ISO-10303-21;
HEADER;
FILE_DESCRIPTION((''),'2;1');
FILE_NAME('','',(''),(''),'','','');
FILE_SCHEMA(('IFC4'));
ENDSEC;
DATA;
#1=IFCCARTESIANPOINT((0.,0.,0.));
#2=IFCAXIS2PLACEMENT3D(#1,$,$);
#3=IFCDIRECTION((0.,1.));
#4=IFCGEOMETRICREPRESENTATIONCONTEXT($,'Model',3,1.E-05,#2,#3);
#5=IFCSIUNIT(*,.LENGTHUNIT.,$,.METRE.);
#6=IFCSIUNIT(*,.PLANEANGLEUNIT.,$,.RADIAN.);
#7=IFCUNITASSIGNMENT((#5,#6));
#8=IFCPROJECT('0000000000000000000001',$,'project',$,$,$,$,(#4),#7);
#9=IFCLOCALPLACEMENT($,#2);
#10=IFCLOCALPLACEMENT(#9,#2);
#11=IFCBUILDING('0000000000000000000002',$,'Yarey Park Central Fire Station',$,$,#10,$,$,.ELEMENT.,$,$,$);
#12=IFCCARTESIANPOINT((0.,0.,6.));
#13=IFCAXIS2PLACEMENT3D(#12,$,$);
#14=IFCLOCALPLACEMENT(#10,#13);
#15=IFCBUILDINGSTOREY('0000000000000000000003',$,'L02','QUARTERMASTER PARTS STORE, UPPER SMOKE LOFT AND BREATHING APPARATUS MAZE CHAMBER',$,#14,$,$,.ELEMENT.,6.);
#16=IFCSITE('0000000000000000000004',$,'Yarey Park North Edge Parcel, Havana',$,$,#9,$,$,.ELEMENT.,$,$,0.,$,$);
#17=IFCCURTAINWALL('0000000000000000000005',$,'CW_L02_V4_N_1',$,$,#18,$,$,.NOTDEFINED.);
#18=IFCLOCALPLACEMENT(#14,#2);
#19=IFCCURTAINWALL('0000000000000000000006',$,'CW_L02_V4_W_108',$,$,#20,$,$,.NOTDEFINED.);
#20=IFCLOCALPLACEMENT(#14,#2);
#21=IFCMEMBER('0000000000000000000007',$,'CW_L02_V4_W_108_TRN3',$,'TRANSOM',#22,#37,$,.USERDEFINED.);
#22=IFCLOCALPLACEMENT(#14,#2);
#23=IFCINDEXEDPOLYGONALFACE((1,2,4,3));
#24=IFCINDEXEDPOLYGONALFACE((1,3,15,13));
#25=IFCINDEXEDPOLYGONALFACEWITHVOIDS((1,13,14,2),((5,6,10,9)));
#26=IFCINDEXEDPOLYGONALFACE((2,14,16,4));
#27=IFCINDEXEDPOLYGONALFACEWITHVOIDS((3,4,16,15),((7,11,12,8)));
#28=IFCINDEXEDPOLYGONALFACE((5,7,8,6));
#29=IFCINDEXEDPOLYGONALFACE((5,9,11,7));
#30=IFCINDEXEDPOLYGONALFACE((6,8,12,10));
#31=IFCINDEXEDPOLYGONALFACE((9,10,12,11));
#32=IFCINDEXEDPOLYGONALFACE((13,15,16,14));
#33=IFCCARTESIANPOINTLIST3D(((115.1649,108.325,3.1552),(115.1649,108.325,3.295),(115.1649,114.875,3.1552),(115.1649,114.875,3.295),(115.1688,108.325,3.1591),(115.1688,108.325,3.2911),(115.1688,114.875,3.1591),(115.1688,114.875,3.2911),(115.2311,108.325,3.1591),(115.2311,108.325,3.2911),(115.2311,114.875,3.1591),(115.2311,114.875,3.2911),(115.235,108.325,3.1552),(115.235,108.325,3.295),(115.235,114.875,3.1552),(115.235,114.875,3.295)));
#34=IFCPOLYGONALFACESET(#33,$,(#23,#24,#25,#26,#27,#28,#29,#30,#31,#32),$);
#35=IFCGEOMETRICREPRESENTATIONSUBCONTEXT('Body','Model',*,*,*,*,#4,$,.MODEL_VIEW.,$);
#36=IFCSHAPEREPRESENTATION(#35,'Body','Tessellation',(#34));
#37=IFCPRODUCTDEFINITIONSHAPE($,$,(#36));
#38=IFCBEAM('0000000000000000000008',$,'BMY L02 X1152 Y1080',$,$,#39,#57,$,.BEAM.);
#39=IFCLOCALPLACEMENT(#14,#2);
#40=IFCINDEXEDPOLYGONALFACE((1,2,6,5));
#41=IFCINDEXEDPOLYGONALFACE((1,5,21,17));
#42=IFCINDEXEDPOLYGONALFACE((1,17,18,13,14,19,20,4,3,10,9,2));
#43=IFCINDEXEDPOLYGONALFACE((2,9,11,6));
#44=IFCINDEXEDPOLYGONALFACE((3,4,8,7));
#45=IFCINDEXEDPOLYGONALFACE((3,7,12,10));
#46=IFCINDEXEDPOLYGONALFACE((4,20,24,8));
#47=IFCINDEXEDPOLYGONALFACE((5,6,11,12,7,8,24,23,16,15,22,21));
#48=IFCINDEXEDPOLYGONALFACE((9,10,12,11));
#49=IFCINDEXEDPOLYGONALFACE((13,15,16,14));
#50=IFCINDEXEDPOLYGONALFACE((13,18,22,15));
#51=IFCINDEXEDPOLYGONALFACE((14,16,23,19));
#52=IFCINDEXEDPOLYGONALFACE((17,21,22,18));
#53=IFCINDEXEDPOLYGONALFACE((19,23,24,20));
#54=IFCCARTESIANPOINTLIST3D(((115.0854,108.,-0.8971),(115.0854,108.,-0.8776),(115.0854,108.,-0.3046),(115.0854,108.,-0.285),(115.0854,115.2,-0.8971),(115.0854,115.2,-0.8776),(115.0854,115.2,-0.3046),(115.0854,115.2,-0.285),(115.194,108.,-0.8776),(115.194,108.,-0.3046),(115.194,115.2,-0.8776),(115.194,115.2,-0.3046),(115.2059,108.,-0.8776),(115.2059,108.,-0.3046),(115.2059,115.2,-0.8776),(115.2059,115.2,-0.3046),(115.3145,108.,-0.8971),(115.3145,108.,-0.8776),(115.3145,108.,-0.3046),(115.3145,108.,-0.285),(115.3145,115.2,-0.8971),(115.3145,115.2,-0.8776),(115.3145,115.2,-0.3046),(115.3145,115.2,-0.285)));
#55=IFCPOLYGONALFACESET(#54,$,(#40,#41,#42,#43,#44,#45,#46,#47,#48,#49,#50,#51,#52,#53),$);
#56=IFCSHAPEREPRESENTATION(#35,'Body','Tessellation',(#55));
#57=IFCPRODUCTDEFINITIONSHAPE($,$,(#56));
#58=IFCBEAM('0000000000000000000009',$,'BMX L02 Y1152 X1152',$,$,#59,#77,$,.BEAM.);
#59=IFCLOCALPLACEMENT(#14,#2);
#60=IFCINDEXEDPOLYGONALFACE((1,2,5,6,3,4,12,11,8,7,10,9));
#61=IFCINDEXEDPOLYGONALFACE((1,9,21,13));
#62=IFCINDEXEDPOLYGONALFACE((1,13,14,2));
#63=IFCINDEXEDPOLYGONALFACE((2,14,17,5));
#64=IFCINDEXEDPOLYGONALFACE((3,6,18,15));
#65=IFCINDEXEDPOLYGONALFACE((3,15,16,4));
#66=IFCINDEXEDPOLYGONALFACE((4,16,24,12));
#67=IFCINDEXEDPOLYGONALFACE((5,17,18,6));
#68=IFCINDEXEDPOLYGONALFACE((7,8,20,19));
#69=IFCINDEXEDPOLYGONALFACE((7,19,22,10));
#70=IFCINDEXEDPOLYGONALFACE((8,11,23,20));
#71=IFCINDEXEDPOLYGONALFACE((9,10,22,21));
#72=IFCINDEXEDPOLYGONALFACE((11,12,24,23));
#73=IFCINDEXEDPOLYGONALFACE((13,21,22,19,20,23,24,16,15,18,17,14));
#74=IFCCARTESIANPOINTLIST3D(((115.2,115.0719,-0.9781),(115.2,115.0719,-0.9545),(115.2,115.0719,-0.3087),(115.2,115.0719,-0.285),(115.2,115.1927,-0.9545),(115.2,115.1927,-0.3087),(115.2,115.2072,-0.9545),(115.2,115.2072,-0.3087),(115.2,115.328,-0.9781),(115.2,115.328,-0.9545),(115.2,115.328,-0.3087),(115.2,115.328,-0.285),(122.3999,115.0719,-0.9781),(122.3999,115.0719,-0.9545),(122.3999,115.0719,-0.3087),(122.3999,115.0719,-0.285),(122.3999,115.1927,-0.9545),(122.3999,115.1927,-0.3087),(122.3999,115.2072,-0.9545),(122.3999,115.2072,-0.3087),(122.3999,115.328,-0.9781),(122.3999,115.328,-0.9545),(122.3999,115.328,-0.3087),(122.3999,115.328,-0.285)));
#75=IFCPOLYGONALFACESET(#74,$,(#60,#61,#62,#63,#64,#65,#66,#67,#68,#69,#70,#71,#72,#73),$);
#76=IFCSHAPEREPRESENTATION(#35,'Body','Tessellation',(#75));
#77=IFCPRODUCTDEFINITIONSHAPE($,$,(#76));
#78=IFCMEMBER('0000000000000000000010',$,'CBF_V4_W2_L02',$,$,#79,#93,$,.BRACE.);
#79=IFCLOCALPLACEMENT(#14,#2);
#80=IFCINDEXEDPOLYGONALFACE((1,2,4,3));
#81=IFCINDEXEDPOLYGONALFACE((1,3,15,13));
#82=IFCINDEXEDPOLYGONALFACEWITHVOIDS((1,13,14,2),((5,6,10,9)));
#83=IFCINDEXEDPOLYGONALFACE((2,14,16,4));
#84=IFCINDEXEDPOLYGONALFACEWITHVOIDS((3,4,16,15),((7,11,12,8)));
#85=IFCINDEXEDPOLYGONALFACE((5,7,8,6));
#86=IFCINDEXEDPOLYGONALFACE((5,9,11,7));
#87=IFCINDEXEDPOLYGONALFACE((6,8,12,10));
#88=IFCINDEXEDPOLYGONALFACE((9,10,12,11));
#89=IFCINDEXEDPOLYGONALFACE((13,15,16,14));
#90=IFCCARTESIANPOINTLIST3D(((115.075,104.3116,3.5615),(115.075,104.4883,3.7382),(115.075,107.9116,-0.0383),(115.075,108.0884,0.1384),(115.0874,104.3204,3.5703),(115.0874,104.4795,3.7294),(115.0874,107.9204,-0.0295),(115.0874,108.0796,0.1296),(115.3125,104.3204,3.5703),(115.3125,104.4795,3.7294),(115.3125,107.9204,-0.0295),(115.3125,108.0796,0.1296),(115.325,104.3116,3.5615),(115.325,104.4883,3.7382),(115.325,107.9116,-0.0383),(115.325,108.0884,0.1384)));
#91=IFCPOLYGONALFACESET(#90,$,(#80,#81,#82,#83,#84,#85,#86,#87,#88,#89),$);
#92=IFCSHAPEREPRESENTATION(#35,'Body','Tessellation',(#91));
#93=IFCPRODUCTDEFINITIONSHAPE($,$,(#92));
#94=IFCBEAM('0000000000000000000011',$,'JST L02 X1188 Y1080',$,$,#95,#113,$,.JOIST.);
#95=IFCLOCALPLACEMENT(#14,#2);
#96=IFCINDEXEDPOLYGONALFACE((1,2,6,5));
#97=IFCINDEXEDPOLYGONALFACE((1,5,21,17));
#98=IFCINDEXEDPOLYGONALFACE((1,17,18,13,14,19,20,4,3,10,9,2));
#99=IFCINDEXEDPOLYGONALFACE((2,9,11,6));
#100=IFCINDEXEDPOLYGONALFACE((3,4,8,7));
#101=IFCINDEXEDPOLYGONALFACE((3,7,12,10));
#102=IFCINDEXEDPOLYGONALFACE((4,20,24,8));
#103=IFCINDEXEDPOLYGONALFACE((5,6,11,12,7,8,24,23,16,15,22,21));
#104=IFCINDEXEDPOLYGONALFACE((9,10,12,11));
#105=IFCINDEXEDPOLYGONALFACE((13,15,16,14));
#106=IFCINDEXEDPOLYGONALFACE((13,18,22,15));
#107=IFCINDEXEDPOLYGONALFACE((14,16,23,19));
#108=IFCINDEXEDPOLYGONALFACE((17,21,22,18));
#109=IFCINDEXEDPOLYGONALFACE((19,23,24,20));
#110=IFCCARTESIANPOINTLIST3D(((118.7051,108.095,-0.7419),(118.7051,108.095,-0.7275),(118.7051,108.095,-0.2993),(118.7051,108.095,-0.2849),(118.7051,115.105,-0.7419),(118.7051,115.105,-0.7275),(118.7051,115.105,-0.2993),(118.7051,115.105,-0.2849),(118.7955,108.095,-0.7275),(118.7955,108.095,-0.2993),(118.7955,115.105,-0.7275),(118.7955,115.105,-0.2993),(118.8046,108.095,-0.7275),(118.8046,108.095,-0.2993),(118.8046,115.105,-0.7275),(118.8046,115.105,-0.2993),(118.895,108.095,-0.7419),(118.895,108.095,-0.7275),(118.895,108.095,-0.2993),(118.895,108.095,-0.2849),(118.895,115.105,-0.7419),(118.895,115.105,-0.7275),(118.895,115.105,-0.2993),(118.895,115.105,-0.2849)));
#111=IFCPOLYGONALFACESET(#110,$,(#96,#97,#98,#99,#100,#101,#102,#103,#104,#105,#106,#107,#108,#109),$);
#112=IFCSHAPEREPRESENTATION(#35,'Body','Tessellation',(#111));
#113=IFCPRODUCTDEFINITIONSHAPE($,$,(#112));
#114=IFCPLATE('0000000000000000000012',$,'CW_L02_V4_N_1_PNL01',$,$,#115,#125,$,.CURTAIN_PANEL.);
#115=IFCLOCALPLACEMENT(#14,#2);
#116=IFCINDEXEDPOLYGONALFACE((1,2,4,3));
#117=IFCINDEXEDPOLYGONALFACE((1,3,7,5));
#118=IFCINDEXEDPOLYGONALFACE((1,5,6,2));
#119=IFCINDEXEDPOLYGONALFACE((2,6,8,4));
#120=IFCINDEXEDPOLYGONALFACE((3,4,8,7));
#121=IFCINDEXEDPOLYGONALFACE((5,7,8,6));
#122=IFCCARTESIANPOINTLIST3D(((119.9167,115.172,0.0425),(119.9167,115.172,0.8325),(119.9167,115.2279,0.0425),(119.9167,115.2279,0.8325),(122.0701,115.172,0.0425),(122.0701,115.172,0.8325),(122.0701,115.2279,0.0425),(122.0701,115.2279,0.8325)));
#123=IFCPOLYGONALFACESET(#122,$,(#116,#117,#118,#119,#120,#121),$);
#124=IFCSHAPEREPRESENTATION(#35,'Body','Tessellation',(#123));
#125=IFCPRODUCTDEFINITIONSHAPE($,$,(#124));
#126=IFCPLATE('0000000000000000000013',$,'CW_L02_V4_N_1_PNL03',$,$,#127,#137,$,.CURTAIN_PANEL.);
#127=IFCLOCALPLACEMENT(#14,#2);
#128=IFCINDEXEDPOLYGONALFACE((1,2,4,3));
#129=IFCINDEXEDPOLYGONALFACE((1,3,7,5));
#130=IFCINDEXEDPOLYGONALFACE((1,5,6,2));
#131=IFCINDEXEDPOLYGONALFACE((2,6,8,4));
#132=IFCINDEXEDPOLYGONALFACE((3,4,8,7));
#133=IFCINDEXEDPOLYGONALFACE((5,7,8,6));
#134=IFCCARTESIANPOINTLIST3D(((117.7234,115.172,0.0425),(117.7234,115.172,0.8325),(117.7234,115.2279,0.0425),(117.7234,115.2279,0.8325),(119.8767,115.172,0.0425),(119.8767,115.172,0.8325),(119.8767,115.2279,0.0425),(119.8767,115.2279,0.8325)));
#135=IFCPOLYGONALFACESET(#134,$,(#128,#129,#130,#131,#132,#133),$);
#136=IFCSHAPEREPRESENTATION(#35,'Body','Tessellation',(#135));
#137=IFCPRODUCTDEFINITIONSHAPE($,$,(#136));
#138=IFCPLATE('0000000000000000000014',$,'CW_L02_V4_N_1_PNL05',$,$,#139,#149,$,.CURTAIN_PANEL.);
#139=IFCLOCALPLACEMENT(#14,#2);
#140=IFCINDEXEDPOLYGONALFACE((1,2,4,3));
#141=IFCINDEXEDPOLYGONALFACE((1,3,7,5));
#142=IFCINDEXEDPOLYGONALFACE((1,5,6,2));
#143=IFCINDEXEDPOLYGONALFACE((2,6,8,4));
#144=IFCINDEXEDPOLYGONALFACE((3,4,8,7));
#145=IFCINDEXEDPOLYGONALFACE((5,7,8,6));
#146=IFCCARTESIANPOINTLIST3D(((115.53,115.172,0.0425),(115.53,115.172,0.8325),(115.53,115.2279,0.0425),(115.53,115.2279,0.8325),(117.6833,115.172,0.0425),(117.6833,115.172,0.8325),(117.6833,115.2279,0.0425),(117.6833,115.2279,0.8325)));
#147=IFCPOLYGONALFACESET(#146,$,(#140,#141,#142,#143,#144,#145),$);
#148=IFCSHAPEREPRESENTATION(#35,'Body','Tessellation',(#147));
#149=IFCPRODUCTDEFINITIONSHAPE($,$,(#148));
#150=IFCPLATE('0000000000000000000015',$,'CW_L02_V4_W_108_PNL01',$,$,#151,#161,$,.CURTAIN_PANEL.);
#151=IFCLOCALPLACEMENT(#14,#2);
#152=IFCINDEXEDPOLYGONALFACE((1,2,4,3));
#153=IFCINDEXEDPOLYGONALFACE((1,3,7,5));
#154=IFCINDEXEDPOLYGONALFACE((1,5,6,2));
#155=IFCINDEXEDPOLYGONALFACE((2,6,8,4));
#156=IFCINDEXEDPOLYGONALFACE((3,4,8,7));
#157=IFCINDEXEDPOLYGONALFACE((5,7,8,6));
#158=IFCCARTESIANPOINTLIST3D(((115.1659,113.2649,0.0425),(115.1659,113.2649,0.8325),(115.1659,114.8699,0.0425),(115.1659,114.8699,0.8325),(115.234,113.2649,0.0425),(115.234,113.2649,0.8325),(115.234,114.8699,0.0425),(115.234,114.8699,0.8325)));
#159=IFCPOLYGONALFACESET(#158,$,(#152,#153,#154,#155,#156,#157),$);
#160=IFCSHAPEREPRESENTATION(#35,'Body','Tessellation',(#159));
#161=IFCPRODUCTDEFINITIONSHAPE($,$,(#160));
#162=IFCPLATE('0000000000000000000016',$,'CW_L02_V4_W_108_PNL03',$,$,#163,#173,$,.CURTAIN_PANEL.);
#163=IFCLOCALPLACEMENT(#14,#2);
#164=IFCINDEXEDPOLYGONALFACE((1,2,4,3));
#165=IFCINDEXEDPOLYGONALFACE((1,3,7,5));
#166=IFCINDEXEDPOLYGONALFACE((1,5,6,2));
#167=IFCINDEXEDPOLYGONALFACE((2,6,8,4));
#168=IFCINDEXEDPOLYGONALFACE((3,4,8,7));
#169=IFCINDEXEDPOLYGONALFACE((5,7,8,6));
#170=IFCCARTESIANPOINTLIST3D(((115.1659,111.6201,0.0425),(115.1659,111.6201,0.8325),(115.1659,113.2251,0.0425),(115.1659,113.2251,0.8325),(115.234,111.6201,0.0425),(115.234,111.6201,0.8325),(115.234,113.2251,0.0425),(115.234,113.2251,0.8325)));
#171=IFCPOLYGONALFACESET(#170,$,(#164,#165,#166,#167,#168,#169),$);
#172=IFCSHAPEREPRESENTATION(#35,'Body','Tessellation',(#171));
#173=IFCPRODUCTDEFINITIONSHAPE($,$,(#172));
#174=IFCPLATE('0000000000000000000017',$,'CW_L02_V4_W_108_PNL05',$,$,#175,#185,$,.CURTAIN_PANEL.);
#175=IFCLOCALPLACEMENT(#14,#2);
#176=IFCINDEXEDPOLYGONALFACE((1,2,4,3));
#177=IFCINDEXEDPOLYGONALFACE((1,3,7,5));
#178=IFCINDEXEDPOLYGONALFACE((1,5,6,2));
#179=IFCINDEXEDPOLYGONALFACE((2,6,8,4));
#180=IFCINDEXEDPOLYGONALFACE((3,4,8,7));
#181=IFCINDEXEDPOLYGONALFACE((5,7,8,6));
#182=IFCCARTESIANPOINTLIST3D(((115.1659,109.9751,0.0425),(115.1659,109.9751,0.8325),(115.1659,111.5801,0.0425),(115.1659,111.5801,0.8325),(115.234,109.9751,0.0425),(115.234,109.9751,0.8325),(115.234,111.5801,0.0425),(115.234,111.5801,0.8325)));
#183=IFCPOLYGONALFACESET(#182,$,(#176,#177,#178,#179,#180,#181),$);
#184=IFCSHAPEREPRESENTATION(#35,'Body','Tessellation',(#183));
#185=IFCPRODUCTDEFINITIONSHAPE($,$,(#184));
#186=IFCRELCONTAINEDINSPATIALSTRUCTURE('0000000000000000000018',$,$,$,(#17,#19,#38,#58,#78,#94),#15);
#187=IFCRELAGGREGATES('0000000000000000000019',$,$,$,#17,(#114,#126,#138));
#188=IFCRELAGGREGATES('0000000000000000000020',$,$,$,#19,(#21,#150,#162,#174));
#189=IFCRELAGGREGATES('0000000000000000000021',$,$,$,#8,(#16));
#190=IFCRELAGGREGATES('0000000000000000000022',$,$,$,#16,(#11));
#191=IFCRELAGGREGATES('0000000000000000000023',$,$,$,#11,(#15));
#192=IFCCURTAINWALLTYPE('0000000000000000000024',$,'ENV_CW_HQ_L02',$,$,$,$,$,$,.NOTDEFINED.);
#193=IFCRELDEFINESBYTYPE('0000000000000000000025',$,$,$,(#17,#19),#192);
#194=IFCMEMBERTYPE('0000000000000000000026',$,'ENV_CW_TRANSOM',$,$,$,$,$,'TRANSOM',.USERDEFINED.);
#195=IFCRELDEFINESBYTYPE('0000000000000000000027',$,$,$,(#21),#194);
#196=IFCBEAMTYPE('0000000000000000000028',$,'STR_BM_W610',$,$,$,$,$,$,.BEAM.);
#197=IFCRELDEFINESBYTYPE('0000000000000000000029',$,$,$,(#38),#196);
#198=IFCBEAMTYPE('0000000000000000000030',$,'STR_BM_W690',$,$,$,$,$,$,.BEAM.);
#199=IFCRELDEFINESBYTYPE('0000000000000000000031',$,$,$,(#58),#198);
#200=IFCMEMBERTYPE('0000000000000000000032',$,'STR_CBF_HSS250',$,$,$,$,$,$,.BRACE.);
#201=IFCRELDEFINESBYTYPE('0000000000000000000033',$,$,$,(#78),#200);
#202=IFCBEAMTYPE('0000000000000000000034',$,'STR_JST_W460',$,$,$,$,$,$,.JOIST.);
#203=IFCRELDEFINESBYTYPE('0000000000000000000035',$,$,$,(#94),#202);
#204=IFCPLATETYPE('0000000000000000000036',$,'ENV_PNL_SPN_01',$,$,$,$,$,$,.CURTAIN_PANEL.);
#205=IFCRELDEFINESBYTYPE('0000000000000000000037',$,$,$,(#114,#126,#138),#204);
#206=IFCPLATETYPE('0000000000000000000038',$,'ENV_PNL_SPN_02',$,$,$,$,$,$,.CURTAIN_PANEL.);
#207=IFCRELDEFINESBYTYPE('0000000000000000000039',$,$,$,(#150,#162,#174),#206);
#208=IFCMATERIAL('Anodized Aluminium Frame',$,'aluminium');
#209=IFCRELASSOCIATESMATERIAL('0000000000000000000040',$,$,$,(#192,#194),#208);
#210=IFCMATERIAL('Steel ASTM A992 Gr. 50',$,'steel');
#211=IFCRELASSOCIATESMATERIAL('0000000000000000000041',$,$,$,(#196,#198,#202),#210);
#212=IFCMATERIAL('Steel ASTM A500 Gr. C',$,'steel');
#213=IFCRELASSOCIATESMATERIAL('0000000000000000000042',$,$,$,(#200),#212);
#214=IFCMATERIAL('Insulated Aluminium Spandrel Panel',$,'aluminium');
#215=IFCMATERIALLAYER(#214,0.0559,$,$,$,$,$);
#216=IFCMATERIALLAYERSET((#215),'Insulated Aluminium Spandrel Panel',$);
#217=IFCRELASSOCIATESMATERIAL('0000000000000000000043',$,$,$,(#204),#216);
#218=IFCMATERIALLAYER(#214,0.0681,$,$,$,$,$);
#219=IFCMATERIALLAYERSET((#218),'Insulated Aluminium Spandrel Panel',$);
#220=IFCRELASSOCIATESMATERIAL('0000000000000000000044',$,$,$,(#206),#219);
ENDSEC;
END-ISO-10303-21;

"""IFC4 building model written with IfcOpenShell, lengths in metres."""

from ifc_helpers import new_model, si_unit, direction, frame, origin, origin_2d, place, context, subcontext, project, spatial, rectangle, hollow_rectangle, i_section, extrude, material, layer, layer_set, material_profile, profile_set, type_object, element, aggregate, save


model = new_model("IFC4")

# Units and contexts
model_context = context("Model", 3, precision=1e-05, world=origin(), true_north=direction((0.0, 1.0)))
body_context = subcontext(model_context, "Body", "Model", "MODEL_VIEW")
ifc_project = project(units=[si_unit("LENGTHUNIT", "METRE"), si_unit("PLANEANGLEUNIT", "RADIAN")], contexts=[model_context])

# Site, building, storey
site_placement = place(None, origin())
site = spatial("IfcSite", under=ifc_project, at=site_placement, Name="Yarey Park North Edge Parcel, Havana", CompositionType="ELEMENT", RefElevation=0.0)
building_placement = place(site_placement, origin())
building = spatial("IfcBuilding", under=site, at=building_placement, Name="Yarey Park Central Fire Station", CompositionType="ELEMENT")
storey_placement = place(building_placement, frame((0.0, 0.0, 6.0)))
storey = spatial("IfcBuildingStorey", under=building, at=storey_placement, Name="L02", Description="QUARTERMASTER PARTS STORE, UPPER SMOKE LOFT AND BREATHING APPARATUS MAZE CHAMBER", CompositionType="ELEMENT", Elevation=6.0)

# Curtain walls, member
ifc_material_1 = material(Name="Anodized Aluminium Frame", Category="aluminium")
curtain_wall_type = type_object("IfcCurtainWallType", Name="ENV_CW_HQ_L02", PredefinedType="NOTDEFINED", material=ifc_material_1)
curtain_wall_1_placement = place(storey_placement, origin())
curtain_wall_1 = element("IfcCurtainWall", 1, at=curtain_wall_1_placement, inside=storey, type_object=curtain_wall_type, Name="CW_L02_V4_N_1", PredefinedType="NOTDEFINED")
curtain_wall_2_placement = place(storey_placement, origin())
curtain_wall_2 = element("IfcCurtainWall", 2, at=curtain_wall_2_placement, inside=storey, type_object=curtain_wall_type, Name="CW_L02_V4_W_108", PredefinedType="NOTDEFINED")
ifc_material_profile_1 = material_profile(ifc_material_1, hollow_rectangle(XDim=0.0701, YDim=0.1399, WallThickness=0.0039, at=origin_2d()), Name="ALU 140x70x4")
ifc_profile_set_1 = profile_set([ifc_material_profile_1], Name="Anodized Aluminium Frame")
member_type_1 = type_object("IfcMemberType", Name="ENV_CW_TRANSOM", ElementType="TRANSOM", PredefinedType="USERDEFINED", material=ifc_profile_set_1)
member_1_placement = place(storey_placement, frame((115.2, 114.875, 3.2251), z_axis=(0.0, -1.0, 0.0), x_axis=(1.0, 0.0, 0.0)))
member_1 = element("IfcMember", 3, at=member_1_placement, type_object=member_type_1, Name="CW_L02_V4_W_108_TRN3", ObjectType="TRANSOM", PredefinedType="USERDEFINED", context=body_context, shape_type="SweptSolid", body=[
    extrude(hollow_rectangle(XDim=0.0701, YDim=0.1399, WallThickness=0.0039, at=origin_2d()), origin(), (0.0, 0.0, 1.0), 6.55),
])

# Beams
ifc_material_2 = material(Name="Steel ASTM A992 Gr. 50", Category="steel")
ifc_material_profile_2 = material_profile(ifc_material_2, i_section(OverallWidth=0.229, OverallDepth=0.6121, WebThickness=0.012, FlangeThickness=0.0195, at=origin_2d()), Name="W610x125")
ifc_profile_set_2 = profile_set([ifc_material_profile_2], Name="Steel ASTM A992 Gr. 50")
beam_type_1 = type_object("IfcBeamType", Name="STR_BM_W610", PredefinedType="BEAM", material=ifc_profile_set_2)
beam_1_placement = place(storey_placement, frame((115.2, 108.0, -0.5911), z_axis=(0.0, 1.0, 0.0), x_axis=(-1.0, 0.0, 0.0)))
element("IfcBeam", 4, at=beam_1_placement, inside=storey, type_object=beam_type_1, Name="BMY L02 X1152 Y1080", PredefinedType="BEAM", context=body_context, shape_type="SweptSolid", body=[
    extrude(i_section(OverallWidth=0.229, OverallDepth=0.6121, WebThickness=0.012, FlangeThickness=0.0195, at=origin_2d()), origin(), (0.0, 0.0, 1.0), 7.2),
])
ifc_material_profile_3 = material_profile(ifc_material_2, i_section(OverallWidth=0.2561, OverallDepth=0.6931, WebThickness=0.0144, FlangeThickness=0.0237, at=origin_2d()), Name="W690x170")
ifc_profile_set_3 = profile_set([ifc_material_profile_3], Name="Steel ASTM A992 Gr. 50")
beam_type_2 = type_object("IfcBeamType", Name="STR_BM_W690", PredefinedType="BEAM", material=ifc_profile_set_3)
beam_2_placement = place(storey_placement, frame((115.2, 115.2, -0.6316), z_axis=(1.0, 0.0, 0.0), x_axis=(0.0, 1.0, 0.0)))
element("IfcBeam", 5, at=beam_2_placement, inside=storey, type_object=beam_type_2, Name="BMX L02 Y1152 X1152", PredefinedType="BEAM", context=body_context, shape_type="SweptSolid", body=[
    extrude(i_section(OverallWidth=0.2561, OverallDepth=0.6931, WebThickness=0.0144, FlangeThickness=0.0237, at=origin_2d()), origin(), (0.0, 0.0, 1.0), 7.2),
])

# Member
ifc_material_3 = material(Name="Steel ASTM A500 Gr. C", Category="steel")
ifc_material_profile_4 = material_profile(ifc_material_3, hollow_rectangle(XDim=0.25, YDim=0.25, WallThickness=0.0125, at=origin_2d()), Name="HSS 250x250x12.5")
ifc_profile_set_4 = profile_set([ifc_material_profile_4], Name="Steel ASTM A500 Gr. C")
member_type_2 = type_object("IfcMemberType", Name="STR_CBF_HSS250", PredefinedType="BRACE", material=ifc_profile_set_4)
member_2_placement = place(storey_placement, frame((115.2, 108.0, 0.05), z_axis=(0.0, -0.707131, 0.707083), x_axis=(1.0, 0.0, 0.0)))
element("IfcMember", 6, at=member_2_placement, inside=storey, type_object=member_type_2, Name="CBF_V4_W2_L02", PredefinedType="BRACE", context=body_context, shape_type="SweptSolid", body=[
    extrude(hollow_rectangle(XDim=0.25, YDim=0.25, WallThickness=0.0125, at=origin_2d()), origin(), (0.0, 0.0, 1.0), 5.0911),
])

# Beam
ifc_material_profile_5 = material_profile(ifc_material_2, i_section(OverallWidth=0.1899, OverallDepth=0.457, WebThickness=0.009, FlangeThickness=0.0144, at=origin_2d()), Name="W460x74")
ifc_profile_set_5 = profile_set([ifc_material_profile_5], Name="Steel ASTM A992 Gr. 50")
beam_type_3 = type_object("IfcBeamType", Name="STR_JST_W460", PredefinedType="JOIST", material=ifc_profile_set_5)
beam_3_placement = place(storey_placement, frame((118.8, 108.095, -0.5134), z_axis=(0.0, 1.0, 0.0), x_axis=(-1.0, 0.0, 0.0)))
element("IfcBeam", 7, at=beam_3_placement, inside=storey, type_object=beam_type_3, Name="JST L02 X1188 Y1080", PredefinedType="JOIST", context=body_context, shape_type="SweptSolid", body=[
    extrude(i_section(OverallWidth=0.1899, OverallDepth=0.457, WebThickness=0.009, FlangeThickness=0.0144, at=origin_2d()), origin(), (0.0, 0.0, 1.0), 7.01),
])

# Plates
ifc_material_4 = material(Name="Insulated Aluminium Spandrel Panel", Category="aluminium")
ifc_layer_1 = layer(ifc_material_4, 0.0559)
ifc_layer_set_1 = layer_set([ifc_layer_1], Name="Insulated Aluminium Spandrel Panel")
plate_type_1 = type_object("IfcPlateType", Name="ENV_PNL_SPN_01", PredefinedType="CURTAIN_PANEL", material=ifc_layer_set_1)
plate_1_placement = place(storey_placement, frame((120.9934, 115.2, 0.0425), z_axis=(0.0, 0.0, 1.0), x_axis=(-1.0, 0.0, 0.0)))
plate_1 = element("IfcPlate", 8, at=plate_1_placement, type_object=plate_type_1, Name="CW_L02_V4_N_1_PNL01", PredefinedType="CURTAIN_PANEL", context=body_context, shape_type="SweptSolid", body=[
    extrude(rectangle(XDim=2.1533, YDim=0.0559, at=origin_2d()), origin(), (0.0, 0.0, 1.0), 0.79),
])
plate_2_placement = place(storey_placement, frame((118.8, 115.2, 0.0425), z_axis=(0.0, 0.0, 1.0), x_axis=(-1.0, 0.0, 0.0)))
plate_2 = element("IfcPlate", 9, at=plate_2_placement, type_object=plate_type_1, Name="CW_L02_V4_N_1_PNL03", PredefinedType="CURTAIN_PANEL", context=body_context, shape_type="SweptSolid", body=[
    extrude(rectangle(XDim=2.1533, YDim=0.0559, at=origin_2d()), origin(), (0.0, 0.0, 1.0), 0.79),
])
plate_3_placement = place(storey_placement, frame((116.6067, 115.2, 0.0425), z_axis=(0.0, 0.0, 1.0), x_axis=(-1.0, 0.0, 0.0)))
plate_3 = element("IfcPlate", 10, at=plate_3_placement, type_object=plate_type_1, Name="CW_L02_V4_N_1_PNL05", PredefinedType="CURTAIN_PANEL", context=body_context, shape_type="SweptSolid", body=[
    extrude(rectangle(XDim=2.1533, YDim=0.0559, at=origin_2d()), origin(), (0.0, 0.0, 1.0), 0.79),
])
ifc_layer_2 = layer(ifc_material_4, 0.0681)
ifc_layer_set_2 = layer_set([ifc_layer_2], Name="Insulated Aluminium Spandrel Panel")
plate_type_2 = type_object("IfcPlateType", Name="ENV_PNL_SPN_02", PredefinedType="CURTAIN_PANEL", material=ifc_layer_set_2)
plate_4_placement = place(storey_placement, frame((115.2, 114.0674, 0.0425), z_axis=(0.0, 0.0, 1.0), x_axis=(0.0, -1.0, 0.0)))
plate_4 = element("IfcPlate", 11, at=plate_4_placement, type_object=plate_type_2, Name="CW_L02_V4_W_108_PNL01", PredefinedType="CURTAIN_PANEL", context=body_context, shape_type="SweptSolid", body=[
    extrude(rectangle(XDim=1.605, YDim=0.0681, at=origin_2d()), origin(), (0.0, 0.0, 1.0), 0.79),
])
plate_5_placement = place(storey_placement, frame((115.2, 112.4226, 0.0425), z_axis=(0.0, 0.0, 1.0), x_axis=(0.0, -1.0, 0.0)))
plate_5 = element("IfcPlate", 12, at=plate_5_placement, type_object=plate_type_2, Name="CW_L02_V4_W_108_PNL03", PredefinedType="CURTAIN_PANEL", context=body_context, shape_type="SweptSolid", body=[
    extrude(rectangle(XDim=1.605, YDim=0.0681, at=origin_2d()), origin(), (0.0, 0.0, 1.0), 0.79),
])
plate_6_placement = place(storey_placement, frame((115.2, 110.7776, 0.0425), z_axis=(0.0, 0.0, 1.0), x_axis=(0.0, -1.0, 0.0)))
plate_6 = element("IfcPlate", 13, at=plate_6_placement, type_object=plate_type_2, Name="CW_L02_V4_W_108_PNL05", PredefinedType="CURTAIN_PANEL", context=body_context, shape_type="SweptSolid", body=[
    extrude(rectangle(XDim=1.605, YDim=0.0681, at=origin_2d()), origin(), (0.0, 0.0, 1.0), 0.79),
])
aggregate(curtain_wall_1, [plate_1, plate_2, plate_3])
aggregate(curtain_wall_2, [member_1, plate_4, plate_5, plate_6])

save(model, "model.ifc")
